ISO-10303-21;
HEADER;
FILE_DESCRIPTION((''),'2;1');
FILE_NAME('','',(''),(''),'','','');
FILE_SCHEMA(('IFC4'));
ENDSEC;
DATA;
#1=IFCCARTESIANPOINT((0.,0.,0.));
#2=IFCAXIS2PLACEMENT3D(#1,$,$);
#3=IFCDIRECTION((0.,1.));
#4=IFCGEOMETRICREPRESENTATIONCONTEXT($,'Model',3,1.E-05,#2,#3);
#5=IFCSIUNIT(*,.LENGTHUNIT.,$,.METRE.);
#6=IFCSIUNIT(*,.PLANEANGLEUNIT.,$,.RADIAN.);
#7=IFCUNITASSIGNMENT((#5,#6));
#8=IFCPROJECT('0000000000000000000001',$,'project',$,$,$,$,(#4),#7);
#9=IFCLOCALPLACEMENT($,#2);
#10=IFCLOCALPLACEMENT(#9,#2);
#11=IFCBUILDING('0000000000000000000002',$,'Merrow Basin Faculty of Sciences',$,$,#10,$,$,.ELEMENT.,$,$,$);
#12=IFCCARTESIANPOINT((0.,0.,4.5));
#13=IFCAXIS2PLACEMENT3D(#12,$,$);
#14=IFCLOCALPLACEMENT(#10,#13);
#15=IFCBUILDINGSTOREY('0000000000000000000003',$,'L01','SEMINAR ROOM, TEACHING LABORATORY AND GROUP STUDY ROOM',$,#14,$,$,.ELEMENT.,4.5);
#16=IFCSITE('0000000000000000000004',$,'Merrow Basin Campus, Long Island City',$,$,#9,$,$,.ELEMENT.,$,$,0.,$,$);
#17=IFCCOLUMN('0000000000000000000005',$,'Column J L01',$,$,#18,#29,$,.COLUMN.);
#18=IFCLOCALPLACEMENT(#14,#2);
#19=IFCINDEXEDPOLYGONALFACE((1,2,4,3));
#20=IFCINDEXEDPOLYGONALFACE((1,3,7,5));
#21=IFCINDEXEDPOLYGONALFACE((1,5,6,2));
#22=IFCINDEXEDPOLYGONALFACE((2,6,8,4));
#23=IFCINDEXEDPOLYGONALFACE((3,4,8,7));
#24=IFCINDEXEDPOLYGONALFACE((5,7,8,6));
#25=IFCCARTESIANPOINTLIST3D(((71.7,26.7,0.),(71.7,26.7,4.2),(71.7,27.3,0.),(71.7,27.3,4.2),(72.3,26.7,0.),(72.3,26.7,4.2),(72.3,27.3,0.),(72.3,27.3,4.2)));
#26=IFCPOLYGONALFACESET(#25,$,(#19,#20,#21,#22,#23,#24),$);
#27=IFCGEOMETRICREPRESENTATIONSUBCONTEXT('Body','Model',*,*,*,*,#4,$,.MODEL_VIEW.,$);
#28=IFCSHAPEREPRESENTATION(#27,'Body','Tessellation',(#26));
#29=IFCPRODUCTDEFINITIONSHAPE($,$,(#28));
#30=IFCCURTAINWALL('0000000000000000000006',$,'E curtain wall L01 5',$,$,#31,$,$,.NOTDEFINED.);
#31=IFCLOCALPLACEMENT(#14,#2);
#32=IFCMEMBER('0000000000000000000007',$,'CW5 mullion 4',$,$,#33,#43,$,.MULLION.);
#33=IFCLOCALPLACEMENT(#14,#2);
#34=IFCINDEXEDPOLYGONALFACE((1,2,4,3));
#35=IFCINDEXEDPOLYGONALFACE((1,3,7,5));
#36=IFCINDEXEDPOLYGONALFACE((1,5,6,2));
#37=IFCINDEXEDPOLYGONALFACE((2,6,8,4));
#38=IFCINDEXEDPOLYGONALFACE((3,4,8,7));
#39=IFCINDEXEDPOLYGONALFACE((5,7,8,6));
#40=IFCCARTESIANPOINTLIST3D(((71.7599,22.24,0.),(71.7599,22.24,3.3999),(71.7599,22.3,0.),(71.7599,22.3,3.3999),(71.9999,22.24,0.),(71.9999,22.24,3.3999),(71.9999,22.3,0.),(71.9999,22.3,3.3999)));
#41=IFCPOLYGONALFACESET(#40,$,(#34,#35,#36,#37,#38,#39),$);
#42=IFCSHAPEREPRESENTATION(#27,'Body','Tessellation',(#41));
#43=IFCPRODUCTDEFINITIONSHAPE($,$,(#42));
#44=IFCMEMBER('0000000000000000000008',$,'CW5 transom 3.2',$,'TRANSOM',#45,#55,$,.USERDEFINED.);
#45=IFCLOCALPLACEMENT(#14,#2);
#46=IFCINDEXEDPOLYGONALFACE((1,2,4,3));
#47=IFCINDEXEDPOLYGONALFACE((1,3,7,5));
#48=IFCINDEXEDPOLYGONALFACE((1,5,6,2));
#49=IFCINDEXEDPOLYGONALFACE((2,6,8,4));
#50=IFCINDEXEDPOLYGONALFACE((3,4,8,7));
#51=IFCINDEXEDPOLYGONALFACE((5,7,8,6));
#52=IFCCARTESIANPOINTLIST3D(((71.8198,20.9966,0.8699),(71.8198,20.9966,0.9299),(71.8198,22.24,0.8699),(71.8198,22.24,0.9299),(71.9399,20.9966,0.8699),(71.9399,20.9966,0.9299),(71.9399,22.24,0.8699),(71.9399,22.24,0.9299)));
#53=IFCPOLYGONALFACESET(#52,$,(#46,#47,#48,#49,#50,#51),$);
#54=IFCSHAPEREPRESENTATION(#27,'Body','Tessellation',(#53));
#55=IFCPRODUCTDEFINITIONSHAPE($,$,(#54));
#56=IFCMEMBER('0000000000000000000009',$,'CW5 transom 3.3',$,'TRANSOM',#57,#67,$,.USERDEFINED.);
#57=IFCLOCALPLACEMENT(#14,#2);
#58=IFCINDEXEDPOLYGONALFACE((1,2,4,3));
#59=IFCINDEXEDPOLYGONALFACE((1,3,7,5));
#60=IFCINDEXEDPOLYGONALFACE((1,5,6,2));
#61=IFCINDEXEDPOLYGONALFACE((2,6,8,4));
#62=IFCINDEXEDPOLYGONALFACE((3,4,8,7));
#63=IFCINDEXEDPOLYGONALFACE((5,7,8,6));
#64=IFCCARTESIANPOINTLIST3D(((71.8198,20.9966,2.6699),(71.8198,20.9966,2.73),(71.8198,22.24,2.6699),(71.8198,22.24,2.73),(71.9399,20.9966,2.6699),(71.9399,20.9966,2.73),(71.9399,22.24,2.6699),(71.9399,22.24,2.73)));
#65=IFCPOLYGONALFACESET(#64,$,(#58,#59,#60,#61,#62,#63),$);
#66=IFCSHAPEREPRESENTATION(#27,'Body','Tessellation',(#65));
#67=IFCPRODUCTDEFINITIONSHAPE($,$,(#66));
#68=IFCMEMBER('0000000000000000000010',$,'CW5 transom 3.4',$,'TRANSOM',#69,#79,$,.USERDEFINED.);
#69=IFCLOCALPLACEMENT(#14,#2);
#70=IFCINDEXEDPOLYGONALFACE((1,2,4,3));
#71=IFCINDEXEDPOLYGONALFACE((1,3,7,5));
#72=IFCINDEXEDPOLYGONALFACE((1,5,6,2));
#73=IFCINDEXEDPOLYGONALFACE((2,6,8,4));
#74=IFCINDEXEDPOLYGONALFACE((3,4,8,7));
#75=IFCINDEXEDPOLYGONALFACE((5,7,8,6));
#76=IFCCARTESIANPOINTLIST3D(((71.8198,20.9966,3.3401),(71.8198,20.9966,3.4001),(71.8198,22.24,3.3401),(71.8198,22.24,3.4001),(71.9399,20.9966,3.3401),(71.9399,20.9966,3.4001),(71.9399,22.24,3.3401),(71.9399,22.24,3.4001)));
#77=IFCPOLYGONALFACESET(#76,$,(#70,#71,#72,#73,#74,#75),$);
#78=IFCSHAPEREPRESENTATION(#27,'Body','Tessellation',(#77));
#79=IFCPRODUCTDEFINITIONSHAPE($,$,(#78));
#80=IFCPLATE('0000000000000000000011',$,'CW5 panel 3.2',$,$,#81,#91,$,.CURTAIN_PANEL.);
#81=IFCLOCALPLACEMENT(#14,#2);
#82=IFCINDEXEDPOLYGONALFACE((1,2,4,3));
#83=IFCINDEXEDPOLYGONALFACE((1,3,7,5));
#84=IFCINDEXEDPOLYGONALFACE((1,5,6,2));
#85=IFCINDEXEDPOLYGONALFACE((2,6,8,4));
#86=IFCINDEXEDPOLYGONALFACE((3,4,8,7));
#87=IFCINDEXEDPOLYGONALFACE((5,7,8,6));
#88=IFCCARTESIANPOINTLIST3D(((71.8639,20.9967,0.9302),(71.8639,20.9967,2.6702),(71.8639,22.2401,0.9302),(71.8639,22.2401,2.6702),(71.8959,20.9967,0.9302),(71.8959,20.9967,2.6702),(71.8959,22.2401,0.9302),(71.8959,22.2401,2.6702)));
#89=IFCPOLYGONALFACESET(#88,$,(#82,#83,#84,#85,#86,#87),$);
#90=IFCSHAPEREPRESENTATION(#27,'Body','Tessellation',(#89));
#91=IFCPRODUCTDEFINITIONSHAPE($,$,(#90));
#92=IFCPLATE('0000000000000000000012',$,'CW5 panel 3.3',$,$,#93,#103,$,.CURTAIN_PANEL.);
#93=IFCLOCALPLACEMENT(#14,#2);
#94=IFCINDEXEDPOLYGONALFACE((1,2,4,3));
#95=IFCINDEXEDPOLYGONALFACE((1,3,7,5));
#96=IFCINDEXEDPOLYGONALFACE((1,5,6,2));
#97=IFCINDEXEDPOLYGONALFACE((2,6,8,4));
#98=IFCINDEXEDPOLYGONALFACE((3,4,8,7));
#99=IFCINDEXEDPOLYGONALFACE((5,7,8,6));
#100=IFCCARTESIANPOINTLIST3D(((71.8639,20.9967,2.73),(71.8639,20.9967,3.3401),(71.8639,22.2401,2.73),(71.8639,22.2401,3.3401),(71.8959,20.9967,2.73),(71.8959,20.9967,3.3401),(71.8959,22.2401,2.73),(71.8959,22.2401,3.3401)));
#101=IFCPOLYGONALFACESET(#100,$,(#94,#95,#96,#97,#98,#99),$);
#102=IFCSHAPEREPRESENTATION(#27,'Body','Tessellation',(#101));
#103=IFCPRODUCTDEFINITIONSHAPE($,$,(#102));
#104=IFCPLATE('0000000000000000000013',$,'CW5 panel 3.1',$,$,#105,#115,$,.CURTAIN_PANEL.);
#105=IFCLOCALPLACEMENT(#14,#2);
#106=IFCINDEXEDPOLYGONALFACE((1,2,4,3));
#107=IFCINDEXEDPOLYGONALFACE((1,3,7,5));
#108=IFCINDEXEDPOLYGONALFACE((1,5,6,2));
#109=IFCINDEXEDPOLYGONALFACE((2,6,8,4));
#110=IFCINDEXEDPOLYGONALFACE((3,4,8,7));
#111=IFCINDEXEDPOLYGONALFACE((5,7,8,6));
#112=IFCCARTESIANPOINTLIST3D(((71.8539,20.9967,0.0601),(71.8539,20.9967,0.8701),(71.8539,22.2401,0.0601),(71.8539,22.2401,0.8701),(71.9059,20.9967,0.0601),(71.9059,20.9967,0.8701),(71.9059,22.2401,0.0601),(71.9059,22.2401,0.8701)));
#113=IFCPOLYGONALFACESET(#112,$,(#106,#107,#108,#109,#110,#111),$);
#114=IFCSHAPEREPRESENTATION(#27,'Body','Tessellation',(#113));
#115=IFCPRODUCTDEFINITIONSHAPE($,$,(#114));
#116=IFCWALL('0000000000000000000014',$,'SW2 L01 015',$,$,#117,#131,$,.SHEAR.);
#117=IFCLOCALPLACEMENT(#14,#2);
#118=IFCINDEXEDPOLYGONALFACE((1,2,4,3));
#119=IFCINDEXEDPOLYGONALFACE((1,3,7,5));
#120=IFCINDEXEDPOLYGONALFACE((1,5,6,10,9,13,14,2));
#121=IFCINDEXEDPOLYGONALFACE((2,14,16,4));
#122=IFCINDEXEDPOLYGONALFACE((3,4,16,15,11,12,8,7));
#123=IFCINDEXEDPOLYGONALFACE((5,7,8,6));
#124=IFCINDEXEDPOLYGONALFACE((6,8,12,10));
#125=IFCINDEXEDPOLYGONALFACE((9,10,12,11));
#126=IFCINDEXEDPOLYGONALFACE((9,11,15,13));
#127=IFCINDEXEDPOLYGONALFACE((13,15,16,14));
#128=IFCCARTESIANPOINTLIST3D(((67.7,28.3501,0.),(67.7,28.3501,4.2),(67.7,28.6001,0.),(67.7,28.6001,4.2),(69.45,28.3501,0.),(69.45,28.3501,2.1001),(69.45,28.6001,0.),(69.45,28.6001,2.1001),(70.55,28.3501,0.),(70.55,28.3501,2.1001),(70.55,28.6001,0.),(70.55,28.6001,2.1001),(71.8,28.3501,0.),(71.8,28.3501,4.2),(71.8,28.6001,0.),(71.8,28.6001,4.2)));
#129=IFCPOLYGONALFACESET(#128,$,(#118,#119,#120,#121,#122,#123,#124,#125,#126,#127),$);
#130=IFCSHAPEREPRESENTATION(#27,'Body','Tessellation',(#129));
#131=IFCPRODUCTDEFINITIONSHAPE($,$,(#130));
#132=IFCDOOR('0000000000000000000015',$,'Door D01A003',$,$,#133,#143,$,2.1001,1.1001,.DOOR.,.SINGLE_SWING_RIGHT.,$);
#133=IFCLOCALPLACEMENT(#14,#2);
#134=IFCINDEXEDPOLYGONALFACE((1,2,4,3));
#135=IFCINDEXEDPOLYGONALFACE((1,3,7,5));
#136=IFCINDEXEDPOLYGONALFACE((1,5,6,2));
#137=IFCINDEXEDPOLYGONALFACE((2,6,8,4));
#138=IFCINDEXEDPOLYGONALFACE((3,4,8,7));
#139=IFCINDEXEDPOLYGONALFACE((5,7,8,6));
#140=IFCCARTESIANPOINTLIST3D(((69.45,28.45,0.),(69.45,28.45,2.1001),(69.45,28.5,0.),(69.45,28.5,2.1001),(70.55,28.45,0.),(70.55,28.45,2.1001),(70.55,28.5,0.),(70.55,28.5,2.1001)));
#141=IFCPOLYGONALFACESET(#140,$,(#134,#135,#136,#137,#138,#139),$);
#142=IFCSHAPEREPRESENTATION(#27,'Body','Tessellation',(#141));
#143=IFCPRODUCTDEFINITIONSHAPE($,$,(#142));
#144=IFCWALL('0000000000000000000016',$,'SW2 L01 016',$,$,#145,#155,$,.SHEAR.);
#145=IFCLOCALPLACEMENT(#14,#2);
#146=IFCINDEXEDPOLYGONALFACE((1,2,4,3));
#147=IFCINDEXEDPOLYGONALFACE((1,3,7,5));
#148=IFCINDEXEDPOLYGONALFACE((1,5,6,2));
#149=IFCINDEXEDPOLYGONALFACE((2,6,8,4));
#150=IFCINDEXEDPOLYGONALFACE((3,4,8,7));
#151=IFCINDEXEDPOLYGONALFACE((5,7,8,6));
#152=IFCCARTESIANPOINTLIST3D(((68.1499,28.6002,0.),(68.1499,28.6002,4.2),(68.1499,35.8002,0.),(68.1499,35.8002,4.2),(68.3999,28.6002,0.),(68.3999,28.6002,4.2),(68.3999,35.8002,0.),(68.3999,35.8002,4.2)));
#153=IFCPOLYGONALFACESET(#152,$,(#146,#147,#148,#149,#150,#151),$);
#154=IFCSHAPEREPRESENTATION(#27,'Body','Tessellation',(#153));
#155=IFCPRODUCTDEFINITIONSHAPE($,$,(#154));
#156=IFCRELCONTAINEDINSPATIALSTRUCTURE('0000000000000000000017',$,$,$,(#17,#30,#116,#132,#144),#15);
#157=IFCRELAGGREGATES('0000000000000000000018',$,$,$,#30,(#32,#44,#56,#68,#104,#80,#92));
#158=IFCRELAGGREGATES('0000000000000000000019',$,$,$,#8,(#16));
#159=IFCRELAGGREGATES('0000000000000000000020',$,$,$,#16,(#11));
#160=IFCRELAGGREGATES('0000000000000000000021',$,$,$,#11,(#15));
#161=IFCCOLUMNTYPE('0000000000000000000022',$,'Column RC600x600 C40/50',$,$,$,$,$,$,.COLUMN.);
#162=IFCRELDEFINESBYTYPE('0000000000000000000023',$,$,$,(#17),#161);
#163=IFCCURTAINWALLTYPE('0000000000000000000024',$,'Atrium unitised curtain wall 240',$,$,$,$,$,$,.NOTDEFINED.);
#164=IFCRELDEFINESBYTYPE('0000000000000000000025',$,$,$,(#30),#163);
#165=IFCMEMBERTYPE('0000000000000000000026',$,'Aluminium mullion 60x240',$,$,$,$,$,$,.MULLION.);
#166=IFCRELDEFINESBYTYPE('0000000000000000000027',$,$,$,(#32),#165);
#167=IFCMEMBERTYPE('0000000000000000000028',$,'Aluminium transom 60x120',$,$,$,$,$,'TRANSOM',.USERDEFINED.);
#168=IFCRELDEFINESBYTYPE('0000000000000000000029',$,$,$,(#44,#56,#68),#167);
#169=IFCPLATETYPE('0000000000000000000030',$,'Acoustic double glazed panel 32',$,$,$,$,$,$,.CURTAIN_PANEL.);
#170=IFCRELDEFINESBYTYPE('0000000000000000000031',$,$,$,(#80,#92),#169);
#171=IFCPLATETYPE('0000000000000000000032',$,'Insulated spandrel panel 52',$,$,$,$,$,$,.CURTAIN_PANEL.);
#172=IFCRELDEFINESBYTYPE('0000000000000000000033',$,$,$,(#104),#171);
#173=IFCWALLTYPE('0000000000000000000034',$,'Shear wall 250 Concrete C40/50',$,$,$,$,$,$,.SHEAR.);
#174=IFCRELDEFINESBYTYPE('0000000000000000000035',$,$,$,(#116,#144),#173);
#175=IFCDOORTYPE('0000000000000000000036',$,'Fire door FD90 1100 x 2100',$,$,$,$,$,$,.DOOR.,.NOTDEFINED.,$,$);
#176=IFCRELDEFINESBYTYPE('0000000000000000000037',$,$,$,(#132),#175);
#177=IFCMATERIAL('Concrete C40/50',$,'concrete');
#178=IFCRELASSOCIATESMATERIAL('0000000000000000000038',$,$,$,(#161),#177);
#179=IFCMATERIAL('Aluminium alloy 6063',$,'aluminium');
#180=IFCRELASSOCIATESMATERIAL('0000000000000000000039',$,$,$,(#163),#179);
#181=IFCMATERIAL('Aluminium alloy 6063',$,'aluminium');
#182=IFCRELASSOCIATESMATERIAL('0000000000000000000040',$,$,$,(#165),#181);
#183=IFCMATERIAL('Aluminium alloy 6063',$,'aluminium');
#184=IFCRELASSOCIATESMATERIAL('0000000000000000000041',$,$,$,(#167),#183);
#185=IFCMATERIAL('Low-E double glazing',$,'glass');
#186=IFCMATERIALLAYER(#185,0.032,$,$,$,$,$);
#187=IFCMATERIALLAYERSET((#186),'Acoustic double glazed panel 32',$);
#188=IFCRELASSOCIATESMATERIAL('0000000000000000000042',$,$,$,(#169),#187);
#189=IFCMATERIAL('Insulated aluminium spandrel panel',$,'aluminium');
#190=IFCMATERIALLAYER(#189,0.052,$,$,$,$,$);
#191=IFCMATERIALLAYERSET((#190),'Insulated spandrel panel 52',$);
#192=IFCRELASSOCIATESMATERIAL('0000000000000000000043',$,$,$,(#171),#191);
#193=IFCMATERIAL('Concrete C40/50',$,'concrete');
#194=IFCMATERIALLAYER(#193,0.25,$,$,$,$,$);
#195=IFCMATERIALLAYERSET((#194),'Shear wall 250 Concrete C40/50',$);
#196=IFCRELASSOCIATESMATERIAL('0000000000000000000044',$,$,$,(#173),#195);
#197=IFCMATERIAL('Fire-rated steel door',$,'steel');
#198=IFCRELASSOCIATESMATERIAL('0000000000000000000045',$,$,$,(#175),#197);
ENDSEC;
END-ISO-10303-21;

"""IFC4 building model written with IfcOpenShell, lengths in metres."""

from ifc_helpers import new_model, si_unit, direction, frame, frame_2d, origin, origin_2d, place, context, subcontext, project, spatial, rectangle, extrude, material, layer, layer_set, material_profile, profile_set, type_object, element, fill, aggregate, save


model = new_model("IFC4")

# Units and contexts
model_context = context("Model", 3, precision=1e-05, world=origin(), true_north=direction((0.0, 1.0)))
body_context = subcontext(model_context, "Body", "Model", "MODEL_VIEW")
ifc_project = project(units=[si_unit("LENGTHUNIT", "METRE"), si_unit("PLANEANGLEUNIT", "RADIAN")], contexts=[model_context])

# Site, building, storey
site_placement = place(None, origin())
site = spatial("IfcSite", under=ifc_project, at=site_placement, Name="Merrow Basin Campus, Long Island City", CompositionType="ELEMENT", RefElevation=0.0)
building_placement = place(site_placement, origin())
building = spatial("IfcBuilding", under=site, at=building_placement, Name="Merrow Basin Faculty of Sciences", CompositionType="ELEMENT")
storey_placement = place(building_placement, frame((0.0, 0.0, 4.5)))
storey = spatial("IfcBuildingStorey", under=building, at=storey_placement, Name="L01", Description="SEMINAR ROOM, TEACHING LABORATORY AND GROUP STUDY ROOM", CompositionType="ELEMENT", Elevation=4.5)

# Column
ifc_material_1 = material(Name="Concrete C40/50", Category="concrete")
ifc_material_profile_1 = material_profile(ifc_material_1, rectangle(XDim=0.6001, YDim=0.6001, at=origin_2d()))
ifc_profile_set_1 = profile_set([ifc_material_profile_1], Name="Concrete C40/50")
column_type = type_object("IfcColumnType", Name="Column RC600x600 C40/50", PredefinedType="COLUMN", material=ifc_profile_set_1)
column_placement = place(storey_placement, frame((72.0, 27.0, 0.0), z_axis=(0.0, 0.0, 1.0), x_axis=(1.0, 0.0, 0.0)))
element("IfcColumn", 1, at=column_placement, inside=storey, type_object=column_type, Name="Column J L01", PredefinedType="COLUMN", context=body_context, shape_type="SweptSolid", body=[
    extrude(rectangle(XDim=0.6001, YDim=0.6001, at=origin_2d()), origin(), (0.0, 0.0, 1.0), 4.2),
])

# Curtain wall, members, plates
ifc_material_2 = material(Name="Aluminium alloy 6063", Category="aluminium")
curtain_wall_type = type_object("IfcCurtainWallType", Name="Atrium unitised curtain wall 240", PredefinedType="NOTDEFINED", material=ifc_material_2)
curtain_wall_placement = place(storey_placement, origin())
curtain_wall = element("IfcCurtainWall", 2, at=curtain_wall_placement, inside=storey, type_object=curtain_wall_type, Name="E curtain wall L01 5", PredefinedType="NOTDEFINED")
ifc_material_3 = material(Name="Aluminium alloy 6063", Category="aluminium")
ifc_material_profile_2 = material_profile(ifc_material_3, rectangle(XDim=0.24, YDim=0.0601, at=origin_2d()))
ifc_profile_set_2 = profile_set([ifc_material_profile_2], Name="Aluminium alloy 6063")
member_type_1 = type_object("IfcMemberType", Name="Aluminium mullion 60x240", PredefinedType="MULLION", material=ifc_profile_set_2)
member_1_placement = place(storey_placement, frame((71.8799, 22.27, 0.0), z_axis=(0.0, 0.0, 1.0), x_axis=(-1.0, 0.0, 0.0)))
member_1 = element("IfcMember", 3, at=member_1_placement, type_object=member_type_1, Name="CW5 mullion 4", PredefinedType="MULLION", context=body_context, shape_type="SweptSolid", body=[
    extrude(rectangle(XDim=0.24, YDim=0.0601, at=origin_2d()), origin(), (0.0, 0.0, 1.0), 3.3999),
])
ifc_material_4 = material(Name="Aluminium alloy 6063", Category="aluminium")
ifc_material_profile_3 = material_profile(ifc_material_4, rectangle(XDim=0.1201, YDim=0.0601, at=origin_2d()))
ifc_profile_set_3 = profile_set([ifc_material_profile_3], Name="Aluminium alloy 6063")
member_type_2 = type_object("IfcMemberType", Name="Aluminium transom 60x120", ElementType="TRANSOM", PredefinedType="USERDEFINED", material=ifc_profile_set_3)
member_2_placement = place(storey_placement, frame((71.8799, 20.9966, 0.8999), z_axis=(0.0, 1.0, 0.0), x_axis=(-1.0, 0.0, 0.0)))
member_2 = element("IfcMember", 4, at=member_2_placement, type_object=member_type_2, Name="CW5 transom 3.2", ObjectType="TRANSOM", PredefinedType="USERDEFINED", context=body_context, shape_type="SweptSolid", body=[
    extrude(rectangle(XDim=0.1201, YDim=0.0601, at=origin_2d()), origin(), (0.0, 0.0, 1.0), 1.2434),
])
member_3_placement = place(storey_placement, frame((71.8799, 20.9966, 2.7), z_axis=(0.0, 1.0, 0.0), x_axis=(-1.0, 0.0, 0.0)))
member_3 = element("IfcMember", 5, at=member_3_placement, type_object=member_type_2, Name="CW5 transom 3.3", ObjectType="TRANSOM", PredefinedType="USERDEFINED", context=body_context, shape_type="SweptSolid", body=[
    extrude(rectangle(XDim=0.1201, YDim=0.0601, at=origin_2d()), origin(), (0.0, 0.0, 1.0), 1.2434),
])
member_4_placement = place(storey_placement, frame((71.8799, 20.9966, 3.3701), z_axis=(0.0, 1.0, 0.0), x_axis=(-1.0, 0.0, 0.0)))
member_4 = element("IfcMember", 6, at=member_4_placement, type_object=member_type_2, Name="CW5 transom 3.4", ObjectType="TRANSOM", PredefinedType="USERDEFINED", context=body_context, shape_type="SweptSolid", body=[
    extrude(rectangle(XDim=0.1201, YDim=0.0601, at=origin_2d()), origin(), (0.0, 0.0, 1.0), 1.2434),
])
ifc_material_5 = material(Name="Low-E double glazing", Category="glass")
ifc_layer_1 = layer(ifc_material_5, 0.032)
ifc_layer_set_1 = layer_set([ifc_layer_1], Name="Acoustic double glazed panel 32")
plate_type_1 = type_object("IfcPlateType", Name="Acoustic double glazed panel 32", PredefinedType="CURTAIN_PANEL", material=ifc_layer_set_1)
plate_1_placement = place(storey_placement, frame((71.8799, 21.6184, 0.9302), z_axis=(0.0, 0.0, 1.0), x_axis=(0.0, 1.0, 0.0)))
plate_1 = element("IfcPlate", 7, at=plate_1_placement, type_object=plate_type_1, Name="CW5 panel 3.2", PredefinedType="CURTAIN_PANEL", context=body_context, shape_type="SweptSolid", body=[
    extrude(rectangle(XDim=1.2434, YDim=0.032, at=origin_2d()), origin(), (0.0, 0.0, 1.0), 1.74),
])
plate_2_placement = place(storey_placement, frame((71.8799, 21.6184, 2.73), z_axis=(0.0, 0.0, 1.0), x_axis=(0.0, 1.0, 0.0)))
plate_2 = element("IfcPlate", 8, at=plate_2_placement, type_object=plate_type_1, Name="CW5 panel 3.3", PredefinedType="CURTAIN_PANEL", context=body_context, shape_type="SweptSolid", body=[
    extrude(rectangle(XDim=1.2434, YDim=0.032, at=origin_2d()), origin(), (0.0, 0.0, 1.0), 0.6101),
])
ifc_material_6 = material(Name="Insulated aluminium spandrel panel", Category="aluminium")
ifc_layer_2 = layer(ifc_material_6, 0.052)
ifc_layer_set_2 = layer_set([ifc_layer_2], Name="Insulated spandrel panel 52")
plate_type_2 = type_object("IfcPlateType", Name="Insulated spandrel panel 52", PredefinedType="CURTAIN_PANEL", material=ifc_layer_set_2)
plate_3_placement = place(storey_placement, frame((71.8799, 21.6184, 0.0601), z_axis=(0.0, 0.0, 1.0), x_axis=(0.0, 1.0, 0.0)))
plate_3 = element("IfcPlate", 9, at=plate_3_placement, type_object=plate_type_2, Name="CW5 panel 3.1", PredefinedType="CURTAIN_PANEL", context=body_context, shape_type="SweptSolid", body=[
    extrude(rectangle(XDim=1.2434, YDim=0.052, at=origin_2d()), origin(), (0.0, 0.0, 1.0), 0.8101),
])
aggregate(curtain_wall, [member_1, member_2, member_3, member_4, plate_3, plate_1, plate_2])

# Wall, opening, door
ifc_material_7 = material(Name="Concrete C40/50", Category="concrete")
ifc_layer_3 = layer(ifc_material_7, 0.25)
ifc_layer_set_3 = layer_set([ifc_layer_3], Name="Shear wall 250 Concrete C40/50")
wall_type_1 = type_object("IfcWallType", Name="Shear wall 250 Concrete C40/50", PredefinedType="SHEAR", material=ifc_layer_set_3)
wall_1_placement = place(storey_placement, frame((67.7, 28.4751, 0.0), z_axis=(0.0, 0.0, 1.0), x_axis=(1.0, 0.0, 0.0)))
wall_1 = element("IfcWall", 10, at=wall_1_placement, inside=storey, type_object=wall_type_1, Name="SW2 L01 015", PredefinedType="SHEAR", context=body_context, shape_type="SweptSolid", body=[
    extrude(rectangle(XDim=4.1001, YDim=0.25, at=frame_2d((2.05, 0.0))), origin(), (0.0, 0.0, 1.0), 4.2),
])
opening_1_placement = place(wall_1_placement, frame((1.75, 0.0, 0.0)))
opening_1 = element("IfcOpeningElement", 11, at=opening_1_placement, cuts=wall_1, PredefinedType="OPENING", context=body_context, shape_type="SweptSolid", body=[
    extrude(rectangle(XDim=1.1001, YDim=2.1001, at=frame_2d((0.55, 1.05))), frame((0.0, 0.135, 0.0), z_axis=(0.0, -1.0, 0.0), x_axis=(1.0, 0.0, 0.0)), (0.0, 0.0, 1.0), 0.27),
])
ifc_material_8 = material(Name="Fire-rated steel door", Category="steel")
door_type_1 = type_object("IfcDoorType", Name="Fire door FD90 1100 x 2100", OperationType="NOTDEFINED", PredefinedType="DOOR", material=ifc_material_8)
door_1_placement = place(opening_1_placement, origin())
door_1 = element("IfcDoor", 12, at=door_1_placement, inside=storey, type_object=door_type_1, Name="Door D01A003", OperationType="SINGLE_SWING_RIGHT", OverallHeight=2.1001, OverallWidth=1.1001, PredefinedType="DOOR", context=body_context, shape_type="SweptSolid", body=[
    extrude(rectangle(XDim=1.1001, YDim=2.1001, at=frame_2d((0.55, 1.05))), frame((0.0, 0.0249, 0.0), z_axis=(0.0, -1.0, 0.0), x_axis=(1.0, 0.0, 0.0)), (0.0, 0.0, 1.0), 0.05),
])
fill(opening_1, door_1)

# Wall
wall_2_placement = place(storey_placement, frame((68.2749, 28.6001, 0.0), z_axis=(0.0, 0.0, 1.0), x_axis=(0.0, 1.0, 0.0)))
element("IfcWall", 13, at=wall_2_placement, inside=storey, type_object=wall_type_1, Name="SW2 L01 016", PredefinedType="SHEAR", context=body_context, shape_type="SweptSolid", body=[
    extrude(rectangle(XDim=7.2, YDim=0.25, at=frame_2d((3.6001, 0.0))), origin(), (0.0, 0.0, 1.0), 4.2),
])

save(model, "model.ifc")
